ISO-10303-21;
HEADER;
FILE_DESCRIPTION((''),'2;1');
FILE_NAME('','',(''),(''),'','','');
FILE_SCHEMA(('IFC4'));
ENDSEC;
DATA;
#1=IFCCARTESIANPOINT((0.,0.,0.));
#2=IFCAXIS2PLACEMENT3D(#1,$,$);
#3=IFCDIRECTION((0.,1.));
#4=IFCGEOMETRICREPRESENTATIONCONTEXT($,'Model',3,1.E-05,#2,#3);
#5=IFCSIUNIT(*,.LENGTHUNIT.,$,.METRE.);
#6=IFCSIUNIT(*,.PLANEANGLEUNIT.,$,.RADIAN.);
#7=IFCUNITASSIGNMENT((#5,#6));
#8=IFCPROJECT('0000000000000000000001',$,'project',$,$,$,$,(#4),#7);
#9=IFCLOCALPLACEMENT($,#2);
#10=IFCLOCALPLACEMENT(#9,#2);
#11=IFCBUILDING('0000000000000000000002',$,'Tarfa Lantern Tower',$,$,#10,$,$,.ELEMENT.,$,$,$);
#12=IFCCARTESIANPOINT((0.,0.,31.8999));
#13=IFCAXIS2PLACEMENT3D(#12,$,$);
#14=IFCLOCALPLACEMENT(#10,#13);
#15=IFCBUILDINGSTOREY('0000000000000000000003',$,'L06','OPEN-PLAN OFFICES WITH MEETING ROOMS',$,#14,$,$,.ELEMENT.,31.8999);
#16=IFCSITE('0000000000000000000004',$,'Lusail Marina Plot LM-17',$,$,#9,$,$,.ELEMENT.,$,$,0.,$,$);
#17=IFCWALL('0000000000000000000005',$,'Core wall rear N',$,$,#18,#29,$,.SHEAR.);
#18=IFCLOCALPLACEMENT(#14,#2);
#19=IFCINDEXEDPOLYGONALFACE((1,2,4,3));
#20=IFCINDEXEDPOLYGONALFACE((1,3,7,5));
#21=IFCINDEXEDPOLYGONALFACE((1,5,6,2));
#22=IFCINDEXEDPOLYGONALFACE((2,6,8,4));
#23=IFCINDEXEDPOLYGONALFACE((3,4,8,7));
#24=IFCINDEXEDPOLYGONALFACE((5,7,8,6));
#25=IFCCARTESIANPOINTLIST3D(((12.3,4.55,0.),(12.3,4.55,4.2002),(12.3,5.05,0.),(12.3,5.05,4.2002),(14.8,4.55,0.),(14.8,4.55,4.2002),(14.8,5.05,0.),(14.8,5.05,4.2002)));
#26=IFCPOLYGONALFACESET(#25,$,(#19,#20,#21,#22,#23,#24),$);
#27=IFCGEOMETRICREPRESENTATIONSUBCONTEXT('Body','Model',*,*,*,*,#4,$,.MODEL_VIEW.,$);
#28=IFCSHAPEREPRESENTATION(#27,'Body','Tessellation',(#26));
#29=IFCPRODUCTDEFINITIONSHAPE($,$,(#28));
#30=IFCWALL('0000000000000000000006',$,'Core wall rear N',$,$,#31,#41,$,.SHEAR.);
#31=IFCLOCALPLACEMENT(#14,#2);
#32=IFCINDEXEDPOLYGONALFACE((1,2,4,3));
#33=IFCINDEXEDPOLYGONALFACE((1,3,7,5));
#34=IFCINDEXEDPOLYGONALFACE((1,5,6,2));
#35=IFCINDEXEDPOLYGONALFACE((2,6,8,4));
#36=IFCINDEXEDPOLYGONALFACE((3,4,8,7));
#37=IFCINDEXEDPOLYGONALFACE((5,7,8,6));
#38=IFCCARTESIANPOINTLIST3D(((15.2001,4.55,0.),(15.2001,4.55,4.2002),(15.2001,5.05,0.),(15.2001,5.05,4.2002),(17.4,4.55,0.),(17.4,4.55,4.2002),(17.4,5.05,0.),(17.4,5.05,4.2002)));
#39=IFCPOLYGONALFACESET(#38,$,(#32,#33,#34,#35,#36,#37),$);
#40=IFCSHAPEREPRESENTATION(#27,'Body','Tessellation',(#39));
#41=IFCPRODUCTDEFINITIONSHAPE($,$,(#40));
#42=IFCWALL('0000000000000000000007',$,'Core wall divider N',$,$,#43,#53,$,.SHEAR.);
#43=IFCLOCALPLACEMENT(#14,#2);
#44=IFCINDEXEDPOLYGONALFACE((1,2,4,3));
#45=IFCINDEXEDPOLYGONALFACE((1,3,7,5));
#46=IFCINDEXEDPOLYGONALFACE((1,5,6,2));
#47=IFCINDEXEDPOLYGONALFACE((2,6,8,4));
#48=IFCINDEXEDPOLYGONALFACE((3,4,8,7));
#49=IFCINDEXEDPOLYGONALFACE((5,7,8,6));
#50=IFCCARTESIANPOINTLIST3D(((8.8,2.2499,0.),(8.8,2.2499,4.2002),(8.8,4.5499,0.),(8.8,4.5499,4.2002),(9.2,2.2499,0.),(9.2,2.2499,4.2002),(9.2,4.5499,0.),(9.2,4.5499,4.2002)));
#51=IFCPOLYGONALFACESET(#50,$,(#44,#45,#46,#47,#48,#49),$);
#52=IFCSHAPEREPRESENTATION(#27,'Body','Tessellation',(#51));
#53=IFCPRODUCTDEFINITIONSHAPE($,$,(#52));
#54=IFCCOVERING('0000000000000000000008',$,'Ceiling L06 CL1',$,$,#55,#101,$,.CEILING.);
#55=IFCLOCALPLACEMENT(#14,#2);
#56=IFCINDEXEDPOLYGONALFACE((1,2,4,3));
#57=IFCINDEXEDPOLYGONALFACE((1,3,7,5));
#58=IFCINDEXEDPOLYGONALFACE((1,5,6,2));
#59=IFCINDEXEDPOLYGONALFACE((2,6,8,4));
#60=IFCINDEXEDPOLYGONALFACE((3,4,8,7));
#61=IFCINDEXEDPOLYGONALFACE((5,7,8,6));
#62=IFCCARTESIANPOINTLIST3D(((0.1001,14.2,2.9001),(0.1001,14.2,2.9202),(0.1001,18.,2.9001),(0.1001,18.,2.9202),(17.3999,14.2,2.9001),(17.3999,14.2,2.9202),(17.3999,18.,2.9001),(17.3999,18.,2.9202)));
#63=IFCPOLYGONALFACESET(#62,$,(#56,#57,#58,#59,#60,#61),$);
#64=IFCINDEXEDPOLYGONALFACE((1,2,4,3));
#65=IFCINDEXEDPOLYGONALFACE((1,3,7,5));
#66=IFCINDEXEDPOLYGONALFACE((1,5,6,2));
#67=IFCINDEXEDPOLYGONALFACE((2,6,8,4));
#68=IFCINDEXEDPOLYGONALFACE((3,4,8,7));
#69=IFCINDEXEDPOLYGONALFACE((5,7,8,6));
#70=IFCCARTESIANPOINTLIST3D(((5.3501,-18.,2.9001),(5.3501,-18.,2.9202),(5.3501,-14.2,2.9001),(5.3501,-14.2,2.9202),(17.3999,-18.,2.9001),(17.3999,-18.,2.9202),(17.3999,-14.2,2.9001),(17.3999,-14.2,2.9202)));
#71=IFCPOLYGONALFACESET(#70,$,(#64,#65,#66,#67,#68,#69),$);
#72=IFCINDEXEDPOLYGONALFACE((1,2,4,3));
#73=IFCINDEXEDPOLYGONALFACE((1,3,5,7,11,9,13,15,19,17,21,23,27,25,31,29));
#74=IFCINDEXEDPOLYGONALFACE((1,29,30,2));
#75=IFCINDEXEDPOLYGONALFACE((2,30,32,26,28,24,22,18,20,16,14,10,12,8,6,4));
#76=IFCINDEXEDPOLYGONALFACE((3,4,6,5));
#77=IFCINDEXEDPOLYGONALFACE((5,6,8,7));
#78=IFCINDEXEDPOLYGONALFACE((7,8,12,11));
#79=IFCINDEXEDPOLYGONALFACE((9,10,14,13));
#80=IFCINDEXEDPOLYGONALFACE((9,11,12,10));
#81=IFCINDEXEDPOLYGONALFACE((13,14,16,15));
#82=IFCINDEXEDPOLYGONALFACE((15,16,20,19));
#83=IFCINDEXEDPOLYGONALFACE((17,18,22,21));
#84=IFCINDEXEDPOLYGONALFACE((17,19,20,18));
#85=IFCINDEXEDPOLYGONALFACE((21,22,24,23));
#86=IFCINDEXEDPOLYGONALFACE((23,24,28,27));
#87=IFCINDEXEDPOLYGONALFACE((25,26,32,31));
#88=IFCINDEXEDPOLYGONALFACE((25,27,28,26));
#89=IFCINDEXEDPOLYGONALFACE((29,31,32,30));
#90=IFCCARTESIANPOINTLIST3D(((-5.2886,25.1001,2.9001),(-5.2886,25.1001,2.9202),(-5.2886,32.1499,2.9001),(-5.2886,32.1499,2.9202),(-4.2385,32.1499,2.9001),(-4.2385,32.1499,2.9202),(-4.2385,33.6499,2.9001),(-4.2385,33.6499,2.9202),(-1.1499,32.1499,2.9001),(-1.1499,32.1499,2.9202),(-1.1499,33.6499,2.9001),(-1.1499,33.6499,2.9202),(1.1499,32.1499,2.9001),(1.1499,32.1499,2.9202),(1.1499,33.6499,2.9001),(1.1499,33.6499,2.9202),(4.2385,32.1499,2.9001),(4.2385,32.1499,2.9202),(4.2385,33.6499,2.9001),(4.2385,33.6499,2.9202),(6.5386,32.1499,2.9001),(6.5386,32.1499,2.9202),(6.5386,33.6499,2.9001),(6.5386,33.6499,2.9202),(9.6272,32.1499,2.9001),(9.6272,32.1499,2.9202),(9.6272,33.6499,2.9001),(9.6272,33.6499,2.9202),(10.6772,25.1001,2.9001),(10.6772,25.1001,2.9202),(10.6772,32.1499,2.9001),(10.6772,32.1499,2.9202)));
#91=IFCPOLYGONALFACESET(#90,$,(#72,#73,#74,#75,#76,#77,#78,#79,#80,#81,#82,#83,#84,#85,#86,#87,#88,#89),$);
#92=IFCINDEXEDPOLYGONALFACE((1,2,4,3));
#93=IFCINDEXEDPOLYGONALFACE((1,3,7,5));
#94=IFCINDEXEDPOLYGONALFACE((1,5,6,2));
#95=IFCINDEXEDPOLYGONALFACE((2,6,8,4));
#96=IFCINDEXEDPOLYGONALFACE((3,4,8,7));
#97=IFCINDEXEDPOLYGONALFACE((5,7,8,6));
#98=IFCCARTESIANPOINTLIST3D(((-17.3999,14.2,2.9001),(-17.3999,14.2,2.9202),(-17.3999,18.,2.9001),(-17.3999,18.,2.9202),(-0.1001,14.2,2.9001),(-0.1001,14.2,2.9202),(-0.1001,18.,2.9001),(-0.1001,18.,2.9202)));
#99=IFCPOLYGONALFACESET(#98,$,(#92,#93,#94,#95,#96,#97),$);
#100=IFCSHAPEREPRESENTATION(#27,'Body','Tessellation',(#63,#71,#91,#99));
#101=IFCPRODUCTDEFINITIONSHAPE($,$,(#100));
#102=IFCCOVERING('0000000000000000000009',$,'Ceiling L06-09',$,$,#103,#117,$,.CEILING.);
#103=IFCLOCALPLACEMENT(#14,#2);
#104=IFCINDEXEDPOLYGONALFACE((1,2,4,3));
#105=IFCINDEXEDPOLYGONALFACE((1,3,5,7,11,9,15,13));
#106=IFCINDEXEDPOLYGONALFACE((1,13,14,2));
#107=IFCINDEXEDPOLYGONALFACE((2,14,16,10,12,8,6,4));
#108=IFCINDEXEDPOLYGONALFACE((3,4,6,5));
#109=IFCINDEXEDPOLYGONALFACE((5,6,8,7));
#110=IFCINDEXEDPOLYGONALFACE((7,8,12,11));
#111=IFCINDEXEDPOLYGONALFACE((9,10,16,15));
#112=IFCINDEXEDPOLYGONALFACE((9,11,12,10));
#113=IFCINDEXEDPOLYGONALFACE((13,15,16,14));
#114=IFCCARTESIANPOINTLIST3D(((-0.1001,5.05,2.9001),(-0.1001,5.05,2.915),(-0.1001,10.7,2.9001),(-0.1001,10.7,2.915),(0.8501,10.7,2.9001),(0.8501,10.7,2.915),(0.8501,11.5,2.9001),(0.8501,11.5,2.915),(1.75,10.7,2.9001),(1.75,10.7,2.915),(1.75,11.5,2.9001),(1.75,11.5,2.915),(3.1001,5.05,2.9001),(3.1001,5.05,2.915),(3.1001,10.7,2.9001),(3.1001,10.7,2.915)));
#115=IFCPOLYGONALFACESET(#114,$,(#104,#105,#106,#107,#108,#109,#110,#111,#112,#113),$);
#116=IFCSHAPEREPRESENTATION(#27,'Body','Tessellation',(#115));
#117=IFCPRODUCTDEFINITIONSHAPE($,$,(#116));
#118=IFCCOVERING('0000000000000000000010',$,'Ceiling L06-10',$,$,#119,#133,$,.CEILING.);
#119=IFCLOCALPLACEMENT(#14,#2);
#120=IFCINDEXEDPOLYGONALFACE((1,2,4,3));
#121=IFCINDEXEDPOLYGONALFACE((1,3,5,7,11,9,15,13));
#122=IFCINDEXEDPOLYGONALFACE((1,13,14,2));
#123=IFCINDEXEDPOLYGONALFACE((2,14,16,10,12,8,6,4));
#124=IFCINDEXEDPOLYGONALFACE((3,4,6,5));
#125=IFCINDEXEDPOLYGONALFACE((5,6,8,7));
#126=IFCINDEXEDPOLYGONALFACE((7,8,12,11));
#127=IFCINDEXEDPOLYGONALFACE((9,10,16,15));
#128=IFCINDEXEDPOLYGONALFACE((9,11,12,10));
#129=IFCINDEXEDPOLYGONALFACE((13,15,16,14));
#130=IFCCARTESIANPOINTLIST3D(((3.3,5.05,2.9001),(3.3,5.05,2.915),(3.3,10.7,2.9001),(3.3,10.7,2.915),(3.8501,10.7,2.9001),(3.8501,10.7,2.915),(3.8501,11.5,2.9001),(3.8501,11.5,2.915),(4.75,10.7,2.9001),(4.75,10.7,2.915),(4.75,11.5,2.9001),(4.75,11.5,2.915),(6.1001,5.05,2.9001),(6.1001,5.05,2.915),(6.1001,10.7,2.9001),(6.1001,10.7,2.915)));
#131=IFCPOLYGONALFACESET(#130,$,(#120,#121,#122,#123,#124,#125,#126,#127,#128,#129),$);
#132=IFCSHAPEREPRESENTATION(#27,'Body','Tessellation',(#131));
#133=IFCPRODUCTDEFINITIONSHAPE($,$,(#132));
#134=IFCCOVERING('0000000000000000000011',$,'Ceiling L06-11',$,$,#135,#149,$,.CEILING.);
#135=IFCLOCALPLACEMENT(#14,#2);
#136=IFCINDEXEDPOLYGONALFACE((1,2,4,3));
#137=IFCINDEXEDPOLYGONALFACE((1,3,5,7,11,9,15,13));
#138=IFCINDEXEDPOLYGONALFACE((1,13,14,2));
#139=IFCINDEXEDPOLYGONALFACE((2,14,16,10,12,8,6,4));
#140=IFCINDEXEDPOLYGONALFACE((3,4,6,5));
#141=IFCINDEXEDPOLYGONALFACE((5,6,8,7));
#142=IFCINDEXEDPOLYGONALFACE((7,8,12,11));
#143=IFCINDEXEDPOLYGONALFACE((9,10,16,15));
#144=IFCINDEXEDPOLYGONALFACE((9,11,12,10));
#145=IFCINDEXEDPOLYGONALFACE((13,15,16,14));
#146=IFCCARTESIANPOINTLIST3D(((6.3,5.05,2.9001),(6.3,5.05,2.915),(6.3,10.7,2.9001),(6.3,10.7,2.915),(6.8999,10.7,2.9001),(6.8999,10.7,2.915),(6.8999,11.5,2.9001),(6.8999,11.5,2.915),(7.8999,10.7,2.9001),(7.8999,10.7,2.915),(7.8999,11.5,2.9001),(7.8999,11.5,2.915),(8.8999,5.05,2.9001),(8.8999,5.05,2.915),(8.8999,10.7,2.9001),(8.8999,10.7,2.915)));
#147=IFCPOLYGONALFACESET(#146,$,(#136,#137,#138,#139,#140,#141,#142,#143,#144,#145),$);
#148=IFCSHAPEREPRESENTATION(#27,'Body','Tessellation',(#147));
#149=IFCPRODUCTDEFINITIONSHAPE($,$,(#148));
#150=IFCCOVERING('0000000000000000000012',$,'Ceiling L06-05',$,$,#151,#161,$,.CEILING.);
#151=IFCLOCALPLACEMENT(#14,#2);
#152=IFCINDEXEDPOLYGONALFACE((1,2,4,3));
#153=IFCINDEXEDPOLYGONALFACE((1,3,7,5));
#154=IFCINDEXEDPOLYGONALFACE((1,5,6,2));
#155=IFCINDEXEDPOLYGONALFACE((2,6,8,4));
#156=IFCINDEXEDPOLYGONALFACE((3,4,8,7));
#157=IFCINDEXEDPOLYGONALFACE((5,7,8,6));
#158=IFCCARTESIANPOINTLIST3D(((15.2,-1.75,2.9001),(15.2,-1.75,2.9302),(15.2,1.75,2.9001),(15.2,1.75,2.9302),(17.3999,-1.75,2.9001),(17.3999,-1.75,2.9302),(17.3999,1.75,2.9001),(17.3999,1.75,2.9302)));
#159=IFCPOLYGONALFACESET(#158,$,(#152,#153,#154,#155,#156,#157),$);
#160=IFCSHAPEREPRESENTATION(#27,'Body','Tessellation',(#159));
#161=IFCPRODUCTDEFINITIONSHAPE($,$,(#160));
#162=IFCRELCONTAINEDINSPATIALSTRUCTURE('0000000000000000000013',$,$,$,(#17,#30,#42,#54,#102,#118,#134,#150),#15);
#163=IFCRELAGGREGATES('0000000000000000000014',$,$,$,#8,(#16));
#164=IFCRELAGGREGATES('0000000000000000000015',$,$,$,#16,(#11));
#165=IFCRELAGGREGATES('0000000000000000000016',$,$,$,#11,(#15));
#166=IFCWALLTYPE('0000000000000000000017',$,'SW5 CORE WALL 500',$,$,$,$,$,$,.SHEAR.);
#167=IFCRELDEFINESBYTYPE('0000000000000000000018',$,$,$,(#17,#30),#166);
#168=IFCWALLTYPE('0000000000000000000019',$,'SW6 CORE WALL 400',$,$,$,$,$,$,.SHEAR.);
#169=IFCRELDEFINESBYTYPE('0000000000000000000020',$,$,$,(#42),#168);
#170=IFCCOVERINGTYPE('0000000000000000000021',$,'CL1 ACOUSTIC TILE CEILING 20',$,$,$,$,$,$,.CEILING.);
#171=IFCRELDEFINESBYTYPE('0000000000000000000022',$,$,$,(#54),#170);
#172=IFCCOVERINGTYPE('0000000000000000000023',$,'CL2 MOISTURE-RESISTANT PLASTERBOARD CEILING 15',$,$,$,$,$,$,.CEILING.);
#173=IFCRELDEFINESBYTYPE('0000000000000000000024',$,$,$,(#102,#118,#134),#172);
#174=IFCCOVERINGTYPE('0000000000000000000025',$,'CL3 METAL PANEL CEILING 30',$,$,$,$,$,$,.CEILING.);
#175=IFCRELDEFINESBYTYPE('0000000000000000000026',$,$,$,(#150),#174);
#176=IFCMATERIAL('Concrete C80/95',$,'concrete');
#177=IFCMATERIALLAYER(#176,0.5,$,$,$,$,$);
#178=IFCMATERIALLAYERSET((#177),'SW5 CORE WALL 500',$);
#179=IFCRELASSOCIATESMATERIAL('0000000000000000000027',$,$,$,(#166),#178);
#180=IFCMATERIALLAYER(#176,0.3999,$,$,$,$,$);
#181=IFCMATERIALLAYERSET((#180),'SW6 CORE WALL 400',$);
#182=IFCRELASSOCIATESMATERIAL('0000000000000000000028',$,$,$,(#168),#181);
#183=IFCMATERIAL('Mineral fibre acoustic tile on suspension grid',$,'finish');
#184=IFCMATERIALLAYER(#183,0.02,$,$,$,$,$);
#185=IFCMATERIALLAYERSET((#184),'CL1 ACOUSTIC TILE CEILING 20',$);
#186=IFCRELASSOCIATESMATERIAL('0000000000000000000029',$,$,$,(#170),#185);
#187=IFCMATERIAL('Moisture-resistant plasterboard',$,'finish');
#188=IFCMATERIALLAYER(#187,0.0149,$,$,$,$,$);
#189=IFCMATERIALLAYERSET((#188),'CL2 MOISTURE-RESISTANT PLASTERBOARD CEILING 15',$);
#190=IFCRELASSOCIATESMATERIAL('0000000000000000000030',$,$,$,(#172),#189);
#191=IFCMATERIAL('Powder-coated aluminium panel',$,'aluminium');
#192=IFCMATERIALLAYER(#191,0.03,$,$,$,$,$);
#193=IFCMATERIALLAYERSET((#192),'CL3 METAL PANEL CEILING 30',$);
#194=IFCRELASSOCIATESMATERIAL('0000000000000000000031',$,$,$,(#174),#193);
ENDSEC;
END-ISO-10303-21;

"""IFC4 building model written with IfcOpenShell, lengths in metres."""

from ifc_helpers import new_model, si_unit, direction, frame, frame_2d, origin, place, context, subcontext, project, spatial, polyline, rectangle, outline, extrude, material, layer, layer_set, type_object, element, save


model = new_model("IFC4")

# Units and contexts
model_context = context("Model", 3, precision=1e-05, world=origin(), true_north=direction((0.0, 1.0)))
body_context = subcontext(model_context, "Body", "Model", "MODEL_VIEW")
ifc_project = project(units=[si_unit("LENGTHUNIT", "METRE"), si_unit("PLANEANGLEUNIT", "RADIAN")], contexts=[model_context])

# Site, building, storey
site_placement = place(None, origin())
site = spatial("IfcSite", under=ifc_project, at=site_placement, Name="Lusail Marina Plot LM-17", CompositionType="ELEMENT", RefElevation=0.0)
building_placement = place(site_placement, origin())
building = spatial("IfcBuilding", under=site, at=building_placement, Name="Tarfa Lantern Tower", CompositionType="ELEMENT")
storey_placement = place(building_placement, frame((0.0, 0.0, 31.8999)))
storey = spatial("IfcBuildingStorey", under=building, at=storey_placement, Name="L06", Description="OPEN-PLAN OFFICES WITH MEETING ROOMS", CompositionType="ELEMENT", Elevation=31.8999)

# Walls
ifc_material_1 = material(Name="Concrete C80/95", Category="concrete")
ifc_layer_1 = layer(ifc_material_1, 0.5)
ifc_layer_set_1 = layer_set([ifc_layer_1], Name="SW5 CORE WALL 500")
wall_type_1 = type_object("IfcWallType", Name="SW5 CORE WALL 500", PredefinedType="SHEAR", material=ifc_layer_set_1)
wall_1_placement = place(storey_placement, frame((12.3, 4.8, 0.0), z_axis=(0.0, 0.0, 1.0), x_axis=(1.0, 0.0, 0.0)))
element("IfcWall", 1, at=wall_1_placement, inside=storey, type_object=wall_type_1, Name="Core wall rear N", PredefinedType="SHEAR", context=body_context, shape_type="SweptSolid", body=[
    extrude(rectangle(XDim=2.5, YDim=0.5, at=frame_2d((1.25, 0.0))), origin(), (0.0, 0.0, 1.0), 4.2002),
])
wall_2_placement = place(storey_placement, frame((15.2, 4.8, 0.0), z_axis=(0.0, 0.0, 1.0), x_axis=(1.0, 0.0, 0.0)))
element("IfcWall", 2, at=wall_2_placement, inside=storey, type_object=wall_type_1, Name="Core wall rear N", PredefinedType="SHEAR", context=body_context, shape_type="SweptSolid", body=[
    extrude(rectangle(XDim=2.2, YDim=0.5, at=frame_2d((1.1001, 0.0))), origin(), (0.0, 0.0, 1.0), 4.2002),
])
ifc_layer_2 = layer(ifc_material_1, 0.3999)
ifc_layer_set_2 = layer_set([ifc_layer_2], Name="SW6 CORE WALL 400")
wall_type_2 = type_object("IfcWallType", Name="SW6 CORE WALL 400", PredefinedType="SHEAR", material=ifc_layer_set_2)
wall_3_placement = place(storey_placement, frame((9.0, 2.25, 0.0), z_axis=(0.0, 0.0, 1.0), x_axis=(0.0, 1.0, 0.0)))
element("IfcWall", 3, at=wall_3_placement, inside=storey, type_object=wall_type_2, Name="Core wall divider N", PredefinedType="SHEAR", context=body_context, shape_type="SweptSolid", body=[
    extrude(rectangle(XDim=2.3, YDim=0.3999, at=frame_2d((1.1499, 0.0))), origin(), (0.0, 0.0, 1.0), 4.2002),
])

# Coverings
ifc_material_2 = material(Name="Mineral fibre acoustic tile on suspension grid", Category="finish")
ifc_layer_3 = layer(ifc_material_2, 0.02)
ifc_layer_set_3 = layer_set([ifc_layer_3], Name="CL1 ACOUSTIC TILE CEILING 20")
covering_type_1 = type_object("IfcCoveringType", Name="CL1 ACOUSTIC TILE CEILING 20", PredefinedType="CEILING", material=ifc_layer_set_3)
covering_1_placement = place(storey_placement, frame((0.0, 0.0, 2.9001)))
element("IfcCovering", 4, at=covering_1_placement, inside=storey, type_object=covering_type_1, Name="Ceiling L06 CL1", PredefinedType="CEILING", context=body_context, shape_type="SweptSolid", body=[
    extrude(outline(polyline([(0.1001, 18.0), (17.3999, 18.0), (17.3999, 14.2), (0.1001, 14.2), (0.1001, 18.0)])), origin(), (0.0, 0.0, 1.0), 0.02),
    extrude(outline(polyline([(5.3501, -14.2), (17.3999, -14.2), (17.3999, -18.0), (5.3501, -18.0), (5.3501, -14.2)])), origin(), (0.0, 0.0, 1.0), 0.02),
    extrude(outline(polyline([(10.6772, 25.1001), (-5.2886, 25.1001), (-5.2886, 32.1499), (-4.2385, 32.1499), (-4.2385, 33.6499), (-1.1499, 33.6499), (-1.1499, 32.1499), (1.1499, 32.1499), (1.1499, 33.6499), (4.2385, 33.6499), (4.2385, 32.1499), (6.5386, 32.1499), (6.5386, 33.6499), (9.6272, 33.6499), (9.6272, 32.1499), (10.6772, 32.1499), (10.6772, 25.1001)])), origin(), (0.0, 0.0, 1.0), 0.02),
    extrude(outline(polyline([(-17.3999, 18.0), (-0.1001, 18.0), (-0.1001, 14.2), (-17.3999, 14.2), (-17.3999, 18.0)])), origin(), (0.0, 0.0, 1.0), 0.02),
])
ifc_material_3 = material(Name="Moisture-resistant plasterboard", Category="finish")
ifc_layer_4 = layer(ifc_material_3, 0.0149)
ifc_layer_set_4 = layer_set([ifc_layer_4], Name="CL2 MOISTURE-RESISTANT PLASTERBOARD CEILING 15")
covering_type_2 = type_object("IfcCoveringType", Name="CL2 MOISTURE-RESISTANT PLASTERBOARD CEILING 15", PredefinedType="CEILING", material=ifc_layer_set_4)
covering_2_placement = place(storey_placement, frame((0.0, 0.0, 2.9001)))
element("IfcCovering", 5, at=covering_2_placement, inside=storey, type_object=covering_type_2, Name="Ceiling L06-09", PredefinedType="CEILING", context=body_context, shape_type="SweptSolid", body=[
    extrude(outline(polyline([(0.8501, 10.7), (-0.1001, 10.7), (-0.1001, 5.05), (3.1001, 5.05), (3.1001, 10.7), (1.75, 10.7), (1.75, 11.5), (0.8501, 11.5), (0.8501, 10.7)])), origin(), (0.0, 0.0, 1.0), 0.0149),
])
covering_3_placement = place(storey_placement, frame((0.0, 0.0, 2.9001)))
element("IfcCovering", 6, at=covering_3_placement, inside=storey, type_object=covering_type_2, Name="Ceiling L06-10", PredefinedType="CEILING", context=body_context, shape_type="SweptSolid", body=[
    extrude(outline(polyline([(3.3, 5.05), (6.1001, 5.05), (6.1001, 10.7), (4.75, 10.7), (4.75, 11.5), (3.8501, 11.5), (3.8501, 10.7), (3.3, 10.7), (3.3, 5.05)])), origin(), (0.0, 0.0, 1.0), 0.0149),
])
covering_4_placement = place(storey_placement, frame((0.0, 0.0, 2.9001)))
element("IfcCovering", 7, at=covering_4_placement, inside=storey, type_object=covering_type_2, Name="Ceiling L06-11", PredefinedType="CEILING", context=body_context, shape_type="SweptSolid", body=[
    extrude(outline(polyline([(6.3, 5.05), (8.8999, 5.05), (8.8999, 10.7), (7.8999, 10.7), (7.8999, 11.5), (6.8999, 11.5), (6.8999, 10.7), (6.3, 10.7), (6.3, 5.05)])), origin(), (0.0, 0.0, 1.0), 0.0149),
])
ifc_material_4 = material(Name="Powder-coated aluminium panel", Category="aluminium")
ifc_layer_5 = layer(ifc_material_4, 0.03)
ifc_layer_set_5 = layer_set([ifc_layer_5], Name="CL3 METAL PANEL CEILING 30")
covering_type_3 = type_object("IfcCoveringType", Name="CL3 METAL PANEL CEILING 30", PredefinedType="CEILING", material=ifc_layer_set_5)
covering_5_placement = place(storey_placement, frame((0.0, 0.0, 2.9001)))
element("IfcCovering", 8, at=covering_5_placement, inside=storey, type_object=covering_type_3, Name="Ceiling L06-05", PredefinedType="CEILING", context=body_context, shape_type="SweptSolid", body=[
    extrude(outline(polyline([(15.2, -1.75), (17.3999, -1.75), (17.3999, 1.75), (15.2, 1.75), (15.2, -1.75)])), origin(), (0.0, 0.0, 1.0), 0.03),
])

save(model, "model.ifc")
